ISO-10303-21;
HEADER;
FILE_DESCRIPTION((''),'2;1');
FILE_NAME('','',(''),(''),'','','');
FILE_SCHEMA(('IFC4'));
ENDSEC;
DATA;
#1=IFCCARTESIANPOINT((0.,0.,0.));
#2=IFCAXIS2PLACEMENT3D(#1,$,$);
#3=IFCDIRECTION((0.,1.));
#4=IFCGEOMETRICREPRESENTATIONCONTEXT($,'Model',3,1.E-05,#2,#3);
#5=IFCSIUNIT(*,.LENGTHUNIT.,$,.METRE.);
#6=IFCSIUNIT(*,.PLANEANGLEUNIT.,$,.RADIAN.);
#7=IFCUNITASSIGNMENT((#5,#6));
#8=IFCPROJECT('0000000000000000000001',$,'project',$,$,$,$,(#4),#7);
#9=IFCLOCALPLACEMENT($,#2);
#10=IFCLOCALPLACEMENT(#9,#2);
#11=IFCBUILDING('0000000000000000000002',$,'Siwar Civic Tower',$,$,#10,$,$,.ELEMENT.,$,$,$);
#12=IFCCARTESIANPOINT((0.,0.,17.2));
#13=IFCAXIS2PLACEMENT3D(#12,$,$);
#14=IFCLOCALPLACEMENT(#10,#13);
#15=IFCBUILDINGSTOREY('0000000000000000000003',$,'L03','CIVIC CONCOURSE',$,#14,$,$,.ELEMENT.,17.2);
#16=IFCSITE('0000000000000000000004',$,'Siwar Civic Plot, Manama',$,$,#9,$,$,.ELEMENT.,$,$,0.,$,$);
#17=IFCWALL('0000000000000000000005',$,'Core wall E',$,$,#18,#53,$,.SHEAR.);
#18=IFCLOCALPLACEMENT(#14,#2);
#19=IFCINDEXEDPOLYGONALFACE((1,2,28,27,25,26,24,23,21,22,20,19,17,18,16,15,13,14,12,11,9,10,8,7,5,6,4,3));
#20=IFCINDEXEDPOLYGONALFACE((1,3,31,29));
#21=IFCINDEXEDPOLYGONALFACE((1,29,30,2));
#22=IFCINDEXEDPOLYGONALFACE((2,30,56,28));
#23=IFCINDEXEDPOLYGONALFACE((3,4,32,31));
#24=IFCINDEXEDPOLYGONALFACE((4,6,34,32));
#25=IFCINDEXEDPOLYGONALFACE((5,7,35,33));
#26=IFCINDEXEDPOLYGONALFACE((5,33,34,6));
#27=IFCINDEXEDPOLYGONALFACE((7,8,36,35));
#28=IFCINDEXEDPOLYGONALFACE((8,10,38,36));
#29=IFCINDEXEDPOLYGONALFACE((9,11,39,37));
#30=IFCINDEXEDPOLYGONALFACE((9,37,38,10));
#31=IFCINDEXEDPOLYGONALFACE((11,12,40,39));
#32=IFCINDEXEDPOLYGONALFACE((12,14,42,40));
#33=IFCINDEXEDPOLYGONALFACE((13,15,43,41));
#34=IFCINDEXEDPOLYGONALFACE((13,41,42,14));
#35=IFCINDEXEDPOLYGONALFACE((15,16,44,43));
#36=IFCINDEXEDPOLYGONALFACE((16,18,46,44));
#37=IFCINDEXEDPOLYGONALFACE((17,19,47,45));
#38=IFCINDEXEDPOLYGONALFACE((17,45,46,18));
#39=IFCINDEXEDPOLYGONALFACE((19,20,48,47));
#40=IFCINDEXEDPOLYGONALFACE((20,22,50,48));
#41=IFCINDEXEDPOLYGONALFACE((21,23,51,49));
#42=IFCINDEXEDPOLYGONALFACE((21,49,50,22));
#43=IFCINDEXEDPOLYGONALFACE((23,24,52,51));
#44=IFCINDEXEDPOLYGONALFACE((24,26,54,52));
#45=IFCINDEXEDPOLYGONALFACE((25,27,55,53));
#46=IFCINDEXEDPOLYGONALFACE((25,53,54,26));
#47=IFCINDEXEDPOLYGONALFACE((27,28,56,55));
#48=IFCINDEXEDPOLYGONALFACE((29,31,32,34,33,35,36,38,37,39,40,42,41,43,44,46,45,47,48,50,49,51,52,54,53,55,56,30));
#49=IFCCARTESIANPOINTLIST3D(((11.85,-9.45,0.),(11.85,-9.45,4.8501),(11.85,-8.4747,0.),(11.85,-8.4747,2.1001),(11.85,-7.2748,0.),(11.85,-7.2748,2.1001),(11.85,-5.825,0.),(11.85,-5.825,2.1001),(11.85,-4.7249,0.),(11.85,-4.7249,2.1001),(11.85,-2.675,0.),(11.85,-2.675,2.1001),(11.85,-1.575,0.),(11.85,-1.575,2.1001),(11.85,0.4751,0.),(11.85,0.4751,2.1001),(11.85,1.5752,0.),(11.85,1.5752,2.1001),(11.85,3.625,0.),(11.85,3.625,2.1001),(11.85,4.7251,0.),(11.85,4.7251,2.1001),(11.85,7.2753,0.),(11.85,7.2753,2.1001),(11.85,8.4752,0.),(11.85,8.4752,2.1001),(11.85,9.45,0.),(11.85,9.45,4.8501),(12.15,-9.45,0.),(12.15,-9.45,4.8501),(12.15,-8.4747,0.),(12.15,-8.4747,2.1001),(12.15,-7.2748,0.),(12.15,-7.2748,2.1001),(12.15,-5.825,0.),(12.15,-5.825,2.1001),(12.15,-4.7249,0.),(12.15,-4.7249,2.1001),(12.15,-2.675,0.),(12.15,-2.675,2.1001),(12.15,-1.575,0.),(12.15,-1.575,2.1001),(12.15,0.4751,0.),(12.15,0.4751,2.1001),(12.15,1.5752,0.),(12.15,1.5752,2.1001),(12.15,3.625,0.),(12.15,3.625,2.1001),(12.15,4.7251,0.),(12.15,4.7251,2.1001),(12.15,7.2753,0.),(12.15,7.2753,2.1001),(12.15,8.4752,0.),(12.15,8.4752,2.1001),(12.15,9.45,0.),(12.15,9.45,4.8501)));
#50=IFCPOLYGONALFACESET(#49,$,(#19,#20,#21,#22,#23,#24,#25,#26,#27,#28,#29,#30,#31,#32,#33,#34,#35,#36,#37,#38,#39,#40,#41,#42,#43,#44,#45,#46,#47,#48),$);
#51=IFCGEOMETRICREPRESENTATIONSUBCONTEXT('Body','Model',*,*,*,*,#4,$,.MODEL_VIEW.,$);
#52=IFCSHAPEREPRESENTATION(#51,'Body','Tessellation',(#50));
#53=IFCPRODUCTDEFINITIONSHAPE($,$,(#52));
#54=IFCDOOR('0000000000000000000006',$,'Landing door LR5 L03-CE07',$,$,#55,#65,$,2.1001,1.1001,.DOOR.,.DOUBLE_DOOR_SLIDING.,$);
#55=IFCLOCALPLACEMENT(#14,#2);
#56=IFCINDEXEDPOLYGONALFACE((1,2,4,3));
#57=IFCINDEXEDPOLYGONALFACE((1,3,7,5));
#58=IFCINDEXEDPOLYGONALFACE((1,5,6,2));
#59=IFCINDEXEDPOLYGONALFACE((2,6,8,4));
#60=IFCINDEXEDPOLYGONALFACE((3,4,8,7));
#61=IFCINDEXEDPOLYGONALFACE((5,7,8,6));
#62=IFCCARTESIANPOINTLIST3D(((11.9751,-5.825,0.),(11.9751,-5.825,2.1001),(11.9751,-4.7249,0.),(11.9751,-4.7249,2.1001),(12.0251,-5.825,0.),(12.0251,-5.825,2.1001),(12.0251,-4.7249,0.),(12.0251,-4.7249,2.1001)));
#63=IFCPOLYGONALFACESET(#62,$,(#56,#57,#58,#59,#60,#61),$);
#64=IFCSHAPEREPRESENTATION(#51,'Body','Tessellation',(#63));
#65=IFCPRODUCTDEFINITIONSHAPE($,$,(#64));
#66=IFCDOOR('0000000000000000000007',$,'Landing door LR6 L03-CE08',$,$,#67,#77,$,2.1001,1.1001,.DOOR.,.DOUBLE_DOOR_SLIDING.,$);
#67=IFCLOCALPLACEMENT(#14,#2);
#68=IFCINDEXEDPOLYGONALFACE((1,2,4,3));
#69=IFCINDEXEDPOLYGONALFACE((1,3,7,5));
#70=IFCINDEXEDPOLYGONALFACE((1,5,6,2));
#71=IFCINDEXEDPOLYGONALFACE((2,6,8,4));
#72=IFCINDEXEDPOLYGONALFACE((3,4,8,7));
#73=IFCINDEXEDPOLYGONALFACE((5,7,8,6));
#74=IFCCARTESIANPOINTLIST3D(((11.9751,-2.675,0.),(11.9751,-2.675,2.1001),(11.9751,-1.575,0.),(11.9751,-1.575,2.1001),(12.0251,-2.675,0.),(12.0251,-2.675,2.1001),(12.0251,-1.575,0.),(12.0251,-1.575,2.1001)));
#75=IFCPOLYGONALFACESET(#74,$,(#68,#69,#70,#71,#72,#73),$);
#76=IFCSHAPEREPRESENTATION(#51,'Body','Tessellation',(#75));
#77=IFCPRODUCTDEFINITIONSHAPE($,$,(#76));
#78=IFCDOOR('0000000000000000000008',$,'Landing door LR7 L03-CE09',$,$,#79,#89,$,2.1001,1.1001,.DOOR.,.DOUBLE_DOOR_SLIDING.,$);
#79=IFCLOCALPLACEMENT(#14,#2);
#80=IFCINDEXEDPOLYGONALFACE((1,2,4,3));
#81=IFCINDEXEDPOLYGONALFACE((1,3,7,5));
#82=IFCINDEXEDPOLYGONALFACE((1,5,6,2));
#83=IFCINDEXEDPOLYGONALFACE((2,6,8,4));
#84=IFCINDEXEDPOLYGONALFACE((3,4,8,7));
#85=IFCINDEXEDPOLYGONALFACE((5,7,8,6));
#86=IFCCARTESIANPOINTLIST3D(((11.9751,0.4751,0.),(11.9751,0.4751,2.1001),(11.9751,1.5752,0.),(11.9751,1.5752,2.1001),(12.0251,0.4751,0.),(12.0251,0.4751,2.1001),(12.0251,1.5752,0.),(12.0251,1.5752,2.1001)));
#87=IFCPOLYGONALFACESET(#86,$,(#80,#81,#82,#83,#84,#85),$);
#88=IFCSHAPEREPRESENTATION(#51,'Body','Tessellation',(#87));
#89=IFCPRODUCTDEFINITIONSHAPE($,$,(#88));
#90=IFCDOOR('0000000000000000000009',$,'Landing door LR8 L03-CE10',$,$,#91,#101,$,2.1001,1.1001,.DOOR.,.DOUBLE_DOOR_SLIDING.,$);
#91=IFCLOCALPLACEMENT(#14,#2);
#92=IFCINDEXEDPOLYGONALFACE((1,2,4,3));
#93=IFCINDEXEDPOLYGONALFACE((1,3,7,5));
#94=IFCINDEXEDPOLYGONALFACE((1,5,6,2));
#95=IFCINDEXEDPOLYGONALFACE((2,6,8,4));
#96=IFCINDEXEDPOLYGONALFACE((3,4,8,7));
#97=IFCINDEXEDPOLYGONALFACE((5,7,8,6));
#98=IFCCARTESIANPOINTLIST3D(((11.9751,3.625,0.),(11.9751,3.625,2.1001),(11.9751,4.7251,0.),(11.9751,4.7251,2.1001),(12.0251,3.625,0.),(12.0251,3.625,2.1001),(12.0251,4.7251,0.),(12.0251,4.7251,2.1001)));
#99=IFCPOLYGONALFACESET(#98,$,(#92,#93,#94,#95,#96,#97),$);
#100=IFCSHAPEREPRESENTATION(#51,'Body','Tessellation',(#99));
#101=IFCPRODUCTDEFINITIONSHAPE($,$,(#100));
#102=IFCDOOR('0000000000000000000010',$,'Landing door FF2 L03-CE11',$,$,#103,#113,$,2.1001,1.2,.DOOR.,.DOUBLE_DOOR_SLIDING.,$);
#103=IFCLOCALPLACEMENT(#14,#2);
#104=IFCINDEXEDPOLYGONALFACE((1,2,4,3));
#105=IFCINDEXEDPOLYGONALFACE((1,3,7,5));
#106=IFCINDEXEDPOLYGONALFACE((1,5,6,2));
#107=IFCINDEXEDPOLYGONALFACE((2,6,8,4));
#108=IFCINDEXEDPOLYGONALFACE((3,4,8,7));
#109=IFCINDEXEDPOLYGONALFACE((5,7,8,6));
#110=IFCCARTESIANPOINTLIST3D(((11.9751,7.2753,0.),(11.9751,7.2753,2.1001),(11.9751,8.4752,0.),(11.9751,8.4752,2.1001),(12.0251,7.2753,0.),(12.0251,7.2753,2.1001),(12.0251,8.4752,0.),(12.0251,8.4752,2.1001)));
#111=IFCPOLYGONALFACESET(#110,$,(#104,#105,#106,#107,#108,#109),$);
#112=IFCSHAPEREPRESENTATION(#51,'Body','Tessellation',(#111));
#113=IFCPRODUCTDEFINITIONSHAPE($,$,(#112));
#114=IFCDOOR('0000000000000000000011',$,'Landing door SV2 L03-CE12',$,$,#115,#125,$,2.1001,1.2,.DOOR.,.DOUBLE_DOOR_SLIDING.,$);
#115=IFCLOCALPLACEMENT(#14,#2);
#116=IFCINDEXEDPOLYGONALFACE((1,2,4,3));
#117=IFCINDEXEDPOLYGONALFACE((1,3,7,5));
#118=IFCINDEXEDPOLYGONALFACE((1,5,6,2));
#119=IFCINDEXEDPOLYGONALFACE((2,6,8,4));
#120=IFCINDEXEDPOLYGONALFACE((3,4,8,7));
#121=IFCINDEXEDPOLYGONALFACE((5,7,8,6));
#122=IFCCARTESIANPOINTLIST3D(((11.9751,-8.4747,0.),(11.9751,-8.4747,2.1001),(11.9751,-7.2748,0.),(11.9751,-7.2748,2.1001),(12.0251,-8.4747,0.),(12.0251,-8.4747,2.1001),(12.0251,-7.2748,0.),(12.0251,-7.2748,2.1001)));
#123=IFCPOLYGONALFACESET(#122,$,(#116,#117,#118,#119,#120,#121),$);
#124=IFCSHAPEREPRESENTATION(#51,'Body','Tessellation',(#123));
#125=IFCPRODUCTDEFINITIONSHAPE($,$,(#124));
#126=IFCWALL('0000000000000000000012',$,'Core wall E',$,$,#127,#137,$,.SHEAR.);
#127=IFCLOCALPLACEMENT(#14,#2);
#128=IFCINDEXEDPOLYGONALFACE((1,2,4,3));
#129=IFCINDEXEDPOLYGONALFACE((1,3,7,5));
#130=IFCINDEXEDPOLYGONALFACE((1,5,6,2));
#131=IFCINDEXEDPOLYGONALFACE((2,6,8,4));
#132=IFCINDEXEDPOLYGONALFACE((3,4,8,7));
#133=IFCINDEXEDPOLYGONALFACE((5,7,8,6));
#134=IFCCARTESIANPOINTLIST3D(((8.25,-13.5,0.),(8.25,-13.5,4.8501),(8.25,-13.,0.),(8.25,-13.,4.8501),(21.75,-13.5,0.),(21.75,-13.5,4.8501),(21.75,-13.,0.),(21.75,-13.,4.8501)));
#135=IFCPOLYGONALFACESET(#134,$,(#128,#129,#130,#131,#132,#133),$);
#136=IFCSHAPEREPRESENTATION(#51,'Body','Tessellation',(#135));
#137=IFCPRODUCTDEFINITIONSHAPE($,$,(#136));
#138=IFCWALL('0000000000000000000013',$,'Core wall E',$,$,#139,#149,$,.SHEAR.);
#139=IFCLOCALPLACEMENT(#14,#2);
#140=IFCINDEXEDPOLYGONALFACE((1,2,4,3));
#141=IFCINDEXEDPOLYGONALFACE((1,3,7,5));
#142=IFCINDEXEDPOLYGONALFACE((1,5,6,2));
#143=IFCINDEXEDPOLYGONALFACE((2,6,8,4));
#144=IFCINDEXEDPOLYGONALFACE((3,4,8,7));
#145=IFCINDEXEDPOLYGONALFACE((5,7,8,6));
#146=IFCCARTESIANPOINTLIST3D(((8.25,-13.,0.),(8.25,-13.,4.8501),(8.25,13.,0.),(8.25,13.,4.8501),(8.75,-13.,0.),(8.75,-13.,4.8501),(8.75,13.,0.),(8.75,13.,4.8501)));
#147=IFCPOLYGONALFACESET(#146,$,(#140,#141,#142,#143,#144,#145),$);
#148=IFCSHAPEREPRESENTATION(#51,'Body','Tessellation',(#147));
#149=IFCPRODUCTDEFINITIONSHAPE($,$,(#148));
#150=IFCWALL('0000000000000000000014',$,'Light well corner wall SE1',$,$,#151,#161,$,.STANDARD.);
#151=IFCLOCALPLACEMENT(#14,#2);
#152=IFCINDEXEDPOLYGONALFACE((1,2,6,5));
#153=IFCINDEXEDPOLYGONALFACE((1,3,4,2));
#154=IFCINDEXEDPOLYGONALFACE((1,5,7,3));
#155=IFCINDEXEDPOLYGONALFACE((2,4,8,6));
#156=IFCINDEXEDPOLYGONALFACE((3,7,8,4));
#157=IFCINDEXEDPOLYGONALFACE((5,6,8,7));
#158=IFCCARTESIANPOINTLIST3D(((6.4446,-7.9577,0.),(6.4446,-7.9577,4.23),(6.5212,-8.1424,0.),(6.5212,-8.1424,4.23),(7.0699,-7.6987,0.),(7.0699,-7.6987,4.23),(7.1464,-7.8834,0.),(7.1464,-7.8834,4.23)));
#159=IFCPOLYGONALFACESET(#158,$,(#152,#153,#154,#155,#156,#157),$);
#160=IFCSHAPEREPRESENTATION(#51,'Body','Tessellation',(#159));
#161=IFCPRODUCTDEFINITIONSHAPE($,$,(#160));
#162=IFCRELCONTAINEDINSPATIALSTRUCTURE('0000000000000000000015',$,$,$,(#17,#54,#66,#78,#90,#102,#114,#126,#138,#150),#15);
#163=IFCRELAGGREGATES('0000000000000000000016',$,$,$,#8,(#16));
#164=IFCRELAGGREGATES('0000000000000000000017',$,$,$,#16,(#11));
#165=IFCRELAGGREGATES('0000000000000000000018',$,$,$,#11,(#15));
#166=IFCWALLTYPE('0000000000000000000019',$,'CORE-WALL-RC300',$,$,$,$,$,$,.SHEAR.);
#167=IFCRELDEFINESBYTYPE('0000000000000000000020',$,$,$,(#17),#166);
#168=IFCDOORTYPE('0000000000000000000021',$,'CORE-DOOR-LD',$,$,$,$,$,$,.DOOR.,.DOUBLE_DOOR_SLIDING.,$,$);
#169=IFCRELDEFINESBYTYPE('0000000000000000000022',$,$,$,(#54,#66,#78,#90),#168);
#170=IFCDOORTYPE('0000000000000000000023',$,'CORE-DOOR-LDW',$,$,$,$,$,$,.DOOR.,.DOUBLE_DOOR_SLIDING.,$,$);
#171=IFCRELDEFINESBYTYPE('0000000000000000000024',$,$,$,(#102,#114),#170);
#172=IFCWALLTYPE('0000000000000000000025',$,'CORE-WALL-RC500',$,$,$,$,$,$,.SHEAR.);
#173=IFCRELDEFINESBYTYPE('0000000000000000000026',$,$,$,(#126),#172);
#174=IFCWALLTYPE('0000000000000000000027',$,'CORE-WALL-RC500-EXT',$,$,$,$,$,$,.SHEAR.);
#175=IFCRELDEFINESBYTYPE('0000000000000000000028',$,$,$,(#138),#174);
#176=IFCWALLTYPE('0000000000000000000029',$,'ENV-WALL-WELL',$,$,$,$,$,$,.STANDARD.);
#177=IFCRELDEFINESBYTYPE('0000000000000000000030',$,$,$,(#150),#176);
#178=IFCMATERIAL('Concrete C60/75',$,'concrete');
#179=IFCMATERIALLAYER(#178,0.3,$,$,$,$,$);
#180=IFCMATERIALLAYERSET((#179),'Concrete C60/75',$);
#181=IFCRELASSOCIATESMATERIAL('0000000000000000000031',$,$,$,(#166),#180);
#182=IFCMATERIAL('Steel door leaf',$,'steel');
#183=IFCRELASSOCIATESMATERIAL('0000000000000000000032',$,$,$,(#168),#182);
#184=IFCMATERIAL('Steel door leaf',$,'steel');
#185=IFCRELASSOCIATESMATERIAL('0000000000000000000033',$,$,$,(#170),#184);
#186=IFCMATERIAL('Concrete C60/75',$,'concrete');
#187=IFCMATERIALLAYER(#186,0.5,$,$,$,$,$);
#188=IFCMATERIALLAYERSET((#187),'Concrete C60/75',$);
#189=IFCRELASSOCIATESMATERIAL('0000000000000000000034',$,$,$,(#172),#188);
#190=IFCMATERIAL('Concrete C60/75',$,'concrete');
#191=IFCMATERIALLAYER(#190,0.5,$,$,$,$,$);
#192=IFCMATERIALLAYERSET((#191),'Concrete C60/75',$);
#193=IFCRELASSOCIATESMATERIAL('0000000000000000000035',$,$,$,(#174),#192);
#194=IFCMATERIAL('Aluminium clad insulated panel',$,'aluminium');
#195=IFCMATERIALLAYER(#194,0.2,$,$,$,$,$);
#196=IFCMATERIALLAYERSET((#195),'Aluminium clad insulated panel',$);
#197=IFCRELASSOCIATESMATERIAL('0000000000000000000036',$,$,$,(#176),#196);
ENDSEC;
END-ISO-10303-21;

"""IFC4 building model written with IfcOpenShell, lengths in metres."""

from ifc_helpers import new_model, si_unit, direction, frame, frame_2d, origin, place, context, subcontext, project, spatial, rectangle, extrude, material, layer, layer_set, type_object, element, fill, save


model = new_model("IFC4")

# Units and contexts
model_context = context("Model", 3, precision=1e-05, world=origin(), true_north=direction((0.0, 1.0)))
body_context = subcontext(model_context, "Body", "Model", "MODEL_VIEW")
ifc_project = project(units=[si_unit("LENGTHUNIT", "METRE"), si_unit("PLANEANGLEUNIT", "RADIAN")], contexts=[model_context])

# Site, building, storey
site_placement = place(None, origin())
site = spatial("IfcSite", under=ifc_project, at=site_placement, Name="Siwar Civic Plot, Manama", CompositionType="ELEMENT", RefElevation=0.0)
building_placement = place(site_placement, origin())
building = spatial("IfcBuilding", under=site, at=building_placement, Name="Siwar Civic Tower", CompositionType="ELEMENT")
storey_placement = place(building_placement, frame((0.0, 0.0, 17.2)))
storey = spatial("IfcBuildingStorey", under=building, at=storey_placement, Name="L03", Description="CIVIC CONCOURSE", CompositionType="ELEMENT", Elevation=17.2)

# Wall, openings, doors
ifc_material_1 = material(Name="Concrete C60/75", Category="concrete")
ifc_layer_1 = layer(ifc_material_1, 0.3)
ifc_layer_set_1 = layer_set([ifc_layer_1], Name="Concrete C60/75")
wall_type_1 = type_object("IfcWallType", Name="CORE-WALL-RC300", PredefinedType="SHEAR", material=ifc_layer_set_1)
wall_1_placement = place(storey_placement, frame((12.0, -9.45, 0.0), z_axis=(0.0, 0.0, 1.0), x_axis=(0.0, 1.0, 0.0)))
wall_1 = element("IfcWall", 1, at=wall_1_placement, inside=storey, type_object=wall_type_1, Name="Core wall E", PredefinedType="SHEAR", context=body_context, shape_type="SweptSolid", body=[
    extrude(rectangle(XDim=18.8999, YDim=0.3, at=frame_2d((9.45, 0.0))), origin(), (0.0, 0.0, 1.0), 4.8501),
])
opening_1_placement = place(wall_1_placement, frame((3.625, 0.0, 0.0)))
opening_1 = element("IfcOpeningElement", 2, at=opening_1_placement, cuts=wall_1, PredefinedType="OPENING", context=body_context, shape_type="SweptSolid", body=[
    extrude(rectangle(XDim=1.1001, YDim=2.1001, at=frame_2d((0.55, 1.05))), frame((0.0, 0.1602, 0.0), z_axis=(0.0, -1.0, 0.0), x_axis=(1.0, 0.0, 0.0)), (0.0, 0.0, 1.0), 0.3201),
])
opening_2_placement = place(wall_1_placement, frame((6.7749, 0.0, 0.0)))
opening_2 = element("IfcOpeningElement", 3, at=opening_2_placement, cuts=wall_1, PredefinedType="OPENING", context=body_context, shape_type="SweptSolid", body=[
    extrude(rectangle(XDim=1.1001, YDim=2.1001, at=frame_2d((0.55, 1.05))), frame((0.0, 0.1602, 0.0), z_axis=(0.0, -1.0, 0.0), x_axis=(1.0, 0.0, 0.0)), (0.0, 0.0, 1.0), 0.3201),
])
opening_3_placement = place(wall_1_placement, frame((9.925, 0.0, 0.0)))
opening_3 = element("IfcOpeningElement", 4, at=opening_3_placement, cuts=wall_1, PredefinedType="OPENING", context=body_context, shape_type="SweptSolid", body=[
    extrude(rectangle(XDim=1.1001, YDim=2.1001, at=frame_2d((0.55, 1.05))), frame((0.0, 0.1602, 0.0), z_axis=(0.0, -1.0, 0.0), x_axis=(1.0, 0.0, 0.0)), (0.0, 0.0, 1.0), 0.3201),
])
opening_4_placement = place(wall_1_placement, frame((13.075, 0.0, 0.0)))
opening_4 = element("IfcOpeningElement", 5, at=opening_4_placement, cuts=wall_1, PredefinedType="OPENING", context=body_context, shape_type="SweptSolid", body=[
    extrude(rectangle(XDim=1.1001, YDim=2.1001, at=frame_2d((0.55, 1.05))), frame((0.0, 0.1602, 0.0), z_axis=(0.0, -1.0, 0.0), x_axis=(1.0, 0.0, 0.0)), (0.0, 0.0, 1.0), 0.3201),
])
opening_5_placement = place(wall_1_placement, frame((16.7251, 0.0, 0.0)))
opening_5 = element("IfcOpeningElement", 6, at=opening_5_placement, cuts=wall_1, PredefinedType="OPENING", context=body_context, shape_type="SweptSolid", body=[
    extrude(rectangle(XDim=1.2, YDim=2.1001, at=frame_2d((0.6001, 1.05))), frame((0.0, 0.1602, 0.0), z_axis=(0.0, -1.0, 0.0), x_axis=(1.0, 0.0, 0.0)), (0.0, 0.0, 1.0), 0.3201),
])
opening_6_placement = place(wall_1_placement, frame((0.9751, 0.0, 0.0)))
opening_6 = element("IfcOpeningElement", 7, at=opening_6_placement, cuts=wall_1, PredefinedType="OPENING", context=body_context, shape_type="SweptSolid", body=[
    extrude(rectangle(XDim=1.2, YDim=2.1001, at=frame_2d((0.6001, 1.05))), frame((0.0, 0.1602, 0.0), z_axis=(0.0, -1.0, 0.0), x_axis=(1.0, 0.0, 0.0)), (0.0, 0.0, 1.0), 0.3201),
])
ifc_material_2 = material(Name="Steel door leaf", Category="steel")
door_type_1 = type_object("IfcDoorType", Name="CORE-DOOR-LD", OperationType="DOUBLE_DOOR_SLIDING", PredefinedType="DOOR", material=ifc_material_2)
door_1_placement = place(opening_1_placement, origin())
door_1 = element("IfcDoor", 8, at=door_1_placement, inside=storey, type_object=door_type_1, Name="Landing door LR5 L03-CE07", OperationType="DOUBLE_DOOR_SLIDING", OverallHeight=2.1001, OverallWidth=1.1001, PredefinedType="DOOR", context=body_context, shape_type="SweptSolid", body=[
    extrude(rectangle(XDim=1.1001, YDim=2.1001, at=frame_2d((0.55, 1.05))), frame((0.0, 0.0249, 0.0), z_axis=(0.0, -1.0, 0.0), x_axis=(1.0, 0.0, 0.0)), (0.0, 0.0, 1.0), 0.05),
])
fill(opening_1, door_1)
door_2_placement = place(opening_2_placement, origin())
door_2 = element("IfcDoor", 9, at=door_2_placement, inside=storey, type_object=door_type_1, Name="Landing door LR6 L03-CE08", OperationType="DOUBLE_DOOR_SLIDING", OverallHeight=2.1001, OverallWidth=1.1001, PredefinedType="DOOR", context=body_context, shape_type="SweptSolid", body=[
    extrude(rectangle(XDim=1.1001, YDim=2.1001, at=frame_2d((0.55, 1.05))), frame((0.0, 0.0249, 0.0), z_axis=(0.0, -1.0, 0.0), x_axis=(1.0, 0.0, 0.0)), (0.0, 0.0, 1.0), 0.05),
])
fill(opening_2, door_2)
door_3_placement = place(opening_3_placement, origin())
door_3 = element("IfcDoor", 10, at=door_3_placement, inside=storey, type_object=door_type_1, Name="Landing door LR7 L03-CE09", OperationType="DOUBLE_DOOR_SLIDING", OverallHeight=2.1001, OverallWidth=1.1001, PredefinedType="DOOR", context=body_context, shape_type="SweptSolid", body=[
    extrude(rectangle(XDim=1.1001, YDim=2.1001, at=frame_2d((0.55, 1.05))), frame((0.0, 0.0249, 0.0), z_axis=(0.0, -1.0, 0.0), x_axis=(1.0, 0.0, 0.0)), (0.0, 0.0, 1.0), 0.05),
])
fill(opening_3, door_3)
door_4_placement = place(opening_4_placement, origin())
door_4 = element("IfcDoor", 11, at=door_4_placement, inside=storey, type_object=door_type_1, Name="Landing door LR8 L03-CE10", OperationType="DOUBLE_DOOR_SLIDING", OverallHeight=2.1001, OverallWidth=1.1001, PredefinedType="DOOR", context=body_context, shape_type="SweptSolid", body=[
    extrude(rectangle(XDim=1.1001, YDim=2.1001, at=frame_2d((0.55, 1.05))), frame((0.0, 0.0249, 0.0), z_axis=(0.0, -1.0, 0.0), x_axis=(1.0, 0.0, 0.0)), (0.0, 0.0, 1.0), 0.05),
])
fill(opening_4, door_4)
ifc_material_3 = material(Name="Steel door leaf", Category="steel")
door_type_2 = type_object("IfcDoorType", Name="CORE-DOOR-LDW", OperationType="DOUBLE_DOOR_SLIDING", PredefinedType="DOOR", material=ifc_material_3)
door_5_placement = place(opening_5_placement, origin())
door_5 = element("IfcDoor", 12, at=door_5_placement, inside=storey, type_object=door_type_2, Name="Landing door FF2 L03-CE11", OperationType="DOUBLE_DOOR_SLIDING", OverallHeight=2.1001, OverallWidth=1.2, PredefinedType="DOOR", context=body_context, shape_type="SweptSolid", body=[
    extrude(rectangle(XDim=1.2, YDim=2.1001, at=frame_2d((0.6001, 1.05))), frame((0.0, 0.0249, 0.0), z_axis=(0.0, -1.0, 0.0), x_axis=(1.0, 0.0, 0.0)), (0.0, 0.0, 1.0), 0.05),
])
fill(opening_5, door_5)
door_6_placement = place(opening_6_placement, origin())
door_6 = element("IfcDoor", 13, at=door_6_placement, inside=storey, type_object=door_type_2, Name="Landing door SV2 L03-CE12", OperationType="DOUBLE_DOOR_SLIDING", OverallHeight=2.1001, OverallWidth=1.2, PredefinedType="DOOR", context=body_context, shape_type="SweptSolid", body=[
    extrude(rectangle(XDim=1.2, YDim=2.1001, at=frame_2d((0.6001, 1.05))), frame((0.0, 0.0249, 0.0), z_axis=(0.0, -1.0, 0.0), x_axis=(1.0, 0.0, 0.0)), (0.0, 0.0, 1.0), 0.05),
])
fill(opening_6, door_6)

# Walls
ifc_material_4 = material(Name="Concrete C60/75", Category="concrete")
ifc_layer_2 = layer(ifc_material_4, 0.5)
ifc_layer_set_2 = layer_set([ifc_layer_2], Name="Concrete C60/75")
wall_type_2 = type_object("IfcWallType", Name="CORE-WALL-RC500", PredefinedType="SHEAR", material=ifc_layer_set_2)
wall_2_placement = place(storey_placement, frame((8.25, -13.25, 0.0), z_axis=(0.0, 0.0, 1.0), x_axis=(1.0, 0.0, 0.0)))
element("IfcWall", 14, at=wall_2_placement, inside=storey, type_object=wall_type_2, Name="Core wall E", PredefinedType="SHEAR", context=body_context, shape_type="SweptSolid", body=[
    extrude(rectangle(XDim=13.5, YDim=0.5, at=frame_2d((6.75, 0.0))), origin(), (0.0, 0.0, 1.0), 4.8501),
])
ifc_material_5 = material(Name="Concrete C60/75", Category="concrete")
ifc_layer_3 = layer(ifc_material_5, 0.5)
ifc_layer_set_3 = layer_set([ifc_layer_3], Name="Concrete C60/75")
wall_type_3 = type_object("IfcWallType", Name="CORE-WALL-RC500-EXT", PredefinedType="SHEAR", material=ifc_layer_set_3)
wall_3_placement = place(storey_placement, frame((8.5, -13.0, 0.0), z_axis=(0.0, 0.0, 1.0), x_axis=(0.0, 1.0, 0.0)))
element("IfcWall", 15, at=wall_3_placement, inside=storey, type_object=wall_type_3, Name="Core wall E", PredefinedType="SHEAR", context=body_context, shape_type="SweptSolid", body=[
    extrude(rectangle(XDim=26.0, YDim=0.5, at=frame_2d((13.0, 0.0))), origin(), (0.0, 0.0, 1.0), 4.8501),
])
ifc_material_6 = material(Name="Aluminium clad insulated panel", Category="aluminium")
ifc_layer_4 = layer(ifc_material_6, 0.2)
ifc_layer_set_4 = layer_set([ifc_layer_4], Name="Aluminium clad insulated panel")
wall_type_4 = type_object("IfcWallType", Name="ENV-WALL-WELL", PredefinedType="STANDARD", material=ifc_layer_set_4)
wall_4_placement = place(storey_placement, frame((6.4829, -8.05, 0.0), z_axis=(0.0, 0.0, 1.0), x_axis=(0.923854, 0.382745, 0.0)))
element("IfcWall", 16, at=wall_4_placement, inside=storey, type_object=wall_type_4, Name="Light well corner wall SE1", PredefinedType="STANDARD", context=body_context, shape_type="SweptSolid", body=[
    extrude(rectangle(XDim=0.6768, YDim=0.2, at=frame_2d((0.3384, 0.0))), origin(), (0.0, 0.0, 1.0), 4.23),
])

save(model, "model.ifc")
